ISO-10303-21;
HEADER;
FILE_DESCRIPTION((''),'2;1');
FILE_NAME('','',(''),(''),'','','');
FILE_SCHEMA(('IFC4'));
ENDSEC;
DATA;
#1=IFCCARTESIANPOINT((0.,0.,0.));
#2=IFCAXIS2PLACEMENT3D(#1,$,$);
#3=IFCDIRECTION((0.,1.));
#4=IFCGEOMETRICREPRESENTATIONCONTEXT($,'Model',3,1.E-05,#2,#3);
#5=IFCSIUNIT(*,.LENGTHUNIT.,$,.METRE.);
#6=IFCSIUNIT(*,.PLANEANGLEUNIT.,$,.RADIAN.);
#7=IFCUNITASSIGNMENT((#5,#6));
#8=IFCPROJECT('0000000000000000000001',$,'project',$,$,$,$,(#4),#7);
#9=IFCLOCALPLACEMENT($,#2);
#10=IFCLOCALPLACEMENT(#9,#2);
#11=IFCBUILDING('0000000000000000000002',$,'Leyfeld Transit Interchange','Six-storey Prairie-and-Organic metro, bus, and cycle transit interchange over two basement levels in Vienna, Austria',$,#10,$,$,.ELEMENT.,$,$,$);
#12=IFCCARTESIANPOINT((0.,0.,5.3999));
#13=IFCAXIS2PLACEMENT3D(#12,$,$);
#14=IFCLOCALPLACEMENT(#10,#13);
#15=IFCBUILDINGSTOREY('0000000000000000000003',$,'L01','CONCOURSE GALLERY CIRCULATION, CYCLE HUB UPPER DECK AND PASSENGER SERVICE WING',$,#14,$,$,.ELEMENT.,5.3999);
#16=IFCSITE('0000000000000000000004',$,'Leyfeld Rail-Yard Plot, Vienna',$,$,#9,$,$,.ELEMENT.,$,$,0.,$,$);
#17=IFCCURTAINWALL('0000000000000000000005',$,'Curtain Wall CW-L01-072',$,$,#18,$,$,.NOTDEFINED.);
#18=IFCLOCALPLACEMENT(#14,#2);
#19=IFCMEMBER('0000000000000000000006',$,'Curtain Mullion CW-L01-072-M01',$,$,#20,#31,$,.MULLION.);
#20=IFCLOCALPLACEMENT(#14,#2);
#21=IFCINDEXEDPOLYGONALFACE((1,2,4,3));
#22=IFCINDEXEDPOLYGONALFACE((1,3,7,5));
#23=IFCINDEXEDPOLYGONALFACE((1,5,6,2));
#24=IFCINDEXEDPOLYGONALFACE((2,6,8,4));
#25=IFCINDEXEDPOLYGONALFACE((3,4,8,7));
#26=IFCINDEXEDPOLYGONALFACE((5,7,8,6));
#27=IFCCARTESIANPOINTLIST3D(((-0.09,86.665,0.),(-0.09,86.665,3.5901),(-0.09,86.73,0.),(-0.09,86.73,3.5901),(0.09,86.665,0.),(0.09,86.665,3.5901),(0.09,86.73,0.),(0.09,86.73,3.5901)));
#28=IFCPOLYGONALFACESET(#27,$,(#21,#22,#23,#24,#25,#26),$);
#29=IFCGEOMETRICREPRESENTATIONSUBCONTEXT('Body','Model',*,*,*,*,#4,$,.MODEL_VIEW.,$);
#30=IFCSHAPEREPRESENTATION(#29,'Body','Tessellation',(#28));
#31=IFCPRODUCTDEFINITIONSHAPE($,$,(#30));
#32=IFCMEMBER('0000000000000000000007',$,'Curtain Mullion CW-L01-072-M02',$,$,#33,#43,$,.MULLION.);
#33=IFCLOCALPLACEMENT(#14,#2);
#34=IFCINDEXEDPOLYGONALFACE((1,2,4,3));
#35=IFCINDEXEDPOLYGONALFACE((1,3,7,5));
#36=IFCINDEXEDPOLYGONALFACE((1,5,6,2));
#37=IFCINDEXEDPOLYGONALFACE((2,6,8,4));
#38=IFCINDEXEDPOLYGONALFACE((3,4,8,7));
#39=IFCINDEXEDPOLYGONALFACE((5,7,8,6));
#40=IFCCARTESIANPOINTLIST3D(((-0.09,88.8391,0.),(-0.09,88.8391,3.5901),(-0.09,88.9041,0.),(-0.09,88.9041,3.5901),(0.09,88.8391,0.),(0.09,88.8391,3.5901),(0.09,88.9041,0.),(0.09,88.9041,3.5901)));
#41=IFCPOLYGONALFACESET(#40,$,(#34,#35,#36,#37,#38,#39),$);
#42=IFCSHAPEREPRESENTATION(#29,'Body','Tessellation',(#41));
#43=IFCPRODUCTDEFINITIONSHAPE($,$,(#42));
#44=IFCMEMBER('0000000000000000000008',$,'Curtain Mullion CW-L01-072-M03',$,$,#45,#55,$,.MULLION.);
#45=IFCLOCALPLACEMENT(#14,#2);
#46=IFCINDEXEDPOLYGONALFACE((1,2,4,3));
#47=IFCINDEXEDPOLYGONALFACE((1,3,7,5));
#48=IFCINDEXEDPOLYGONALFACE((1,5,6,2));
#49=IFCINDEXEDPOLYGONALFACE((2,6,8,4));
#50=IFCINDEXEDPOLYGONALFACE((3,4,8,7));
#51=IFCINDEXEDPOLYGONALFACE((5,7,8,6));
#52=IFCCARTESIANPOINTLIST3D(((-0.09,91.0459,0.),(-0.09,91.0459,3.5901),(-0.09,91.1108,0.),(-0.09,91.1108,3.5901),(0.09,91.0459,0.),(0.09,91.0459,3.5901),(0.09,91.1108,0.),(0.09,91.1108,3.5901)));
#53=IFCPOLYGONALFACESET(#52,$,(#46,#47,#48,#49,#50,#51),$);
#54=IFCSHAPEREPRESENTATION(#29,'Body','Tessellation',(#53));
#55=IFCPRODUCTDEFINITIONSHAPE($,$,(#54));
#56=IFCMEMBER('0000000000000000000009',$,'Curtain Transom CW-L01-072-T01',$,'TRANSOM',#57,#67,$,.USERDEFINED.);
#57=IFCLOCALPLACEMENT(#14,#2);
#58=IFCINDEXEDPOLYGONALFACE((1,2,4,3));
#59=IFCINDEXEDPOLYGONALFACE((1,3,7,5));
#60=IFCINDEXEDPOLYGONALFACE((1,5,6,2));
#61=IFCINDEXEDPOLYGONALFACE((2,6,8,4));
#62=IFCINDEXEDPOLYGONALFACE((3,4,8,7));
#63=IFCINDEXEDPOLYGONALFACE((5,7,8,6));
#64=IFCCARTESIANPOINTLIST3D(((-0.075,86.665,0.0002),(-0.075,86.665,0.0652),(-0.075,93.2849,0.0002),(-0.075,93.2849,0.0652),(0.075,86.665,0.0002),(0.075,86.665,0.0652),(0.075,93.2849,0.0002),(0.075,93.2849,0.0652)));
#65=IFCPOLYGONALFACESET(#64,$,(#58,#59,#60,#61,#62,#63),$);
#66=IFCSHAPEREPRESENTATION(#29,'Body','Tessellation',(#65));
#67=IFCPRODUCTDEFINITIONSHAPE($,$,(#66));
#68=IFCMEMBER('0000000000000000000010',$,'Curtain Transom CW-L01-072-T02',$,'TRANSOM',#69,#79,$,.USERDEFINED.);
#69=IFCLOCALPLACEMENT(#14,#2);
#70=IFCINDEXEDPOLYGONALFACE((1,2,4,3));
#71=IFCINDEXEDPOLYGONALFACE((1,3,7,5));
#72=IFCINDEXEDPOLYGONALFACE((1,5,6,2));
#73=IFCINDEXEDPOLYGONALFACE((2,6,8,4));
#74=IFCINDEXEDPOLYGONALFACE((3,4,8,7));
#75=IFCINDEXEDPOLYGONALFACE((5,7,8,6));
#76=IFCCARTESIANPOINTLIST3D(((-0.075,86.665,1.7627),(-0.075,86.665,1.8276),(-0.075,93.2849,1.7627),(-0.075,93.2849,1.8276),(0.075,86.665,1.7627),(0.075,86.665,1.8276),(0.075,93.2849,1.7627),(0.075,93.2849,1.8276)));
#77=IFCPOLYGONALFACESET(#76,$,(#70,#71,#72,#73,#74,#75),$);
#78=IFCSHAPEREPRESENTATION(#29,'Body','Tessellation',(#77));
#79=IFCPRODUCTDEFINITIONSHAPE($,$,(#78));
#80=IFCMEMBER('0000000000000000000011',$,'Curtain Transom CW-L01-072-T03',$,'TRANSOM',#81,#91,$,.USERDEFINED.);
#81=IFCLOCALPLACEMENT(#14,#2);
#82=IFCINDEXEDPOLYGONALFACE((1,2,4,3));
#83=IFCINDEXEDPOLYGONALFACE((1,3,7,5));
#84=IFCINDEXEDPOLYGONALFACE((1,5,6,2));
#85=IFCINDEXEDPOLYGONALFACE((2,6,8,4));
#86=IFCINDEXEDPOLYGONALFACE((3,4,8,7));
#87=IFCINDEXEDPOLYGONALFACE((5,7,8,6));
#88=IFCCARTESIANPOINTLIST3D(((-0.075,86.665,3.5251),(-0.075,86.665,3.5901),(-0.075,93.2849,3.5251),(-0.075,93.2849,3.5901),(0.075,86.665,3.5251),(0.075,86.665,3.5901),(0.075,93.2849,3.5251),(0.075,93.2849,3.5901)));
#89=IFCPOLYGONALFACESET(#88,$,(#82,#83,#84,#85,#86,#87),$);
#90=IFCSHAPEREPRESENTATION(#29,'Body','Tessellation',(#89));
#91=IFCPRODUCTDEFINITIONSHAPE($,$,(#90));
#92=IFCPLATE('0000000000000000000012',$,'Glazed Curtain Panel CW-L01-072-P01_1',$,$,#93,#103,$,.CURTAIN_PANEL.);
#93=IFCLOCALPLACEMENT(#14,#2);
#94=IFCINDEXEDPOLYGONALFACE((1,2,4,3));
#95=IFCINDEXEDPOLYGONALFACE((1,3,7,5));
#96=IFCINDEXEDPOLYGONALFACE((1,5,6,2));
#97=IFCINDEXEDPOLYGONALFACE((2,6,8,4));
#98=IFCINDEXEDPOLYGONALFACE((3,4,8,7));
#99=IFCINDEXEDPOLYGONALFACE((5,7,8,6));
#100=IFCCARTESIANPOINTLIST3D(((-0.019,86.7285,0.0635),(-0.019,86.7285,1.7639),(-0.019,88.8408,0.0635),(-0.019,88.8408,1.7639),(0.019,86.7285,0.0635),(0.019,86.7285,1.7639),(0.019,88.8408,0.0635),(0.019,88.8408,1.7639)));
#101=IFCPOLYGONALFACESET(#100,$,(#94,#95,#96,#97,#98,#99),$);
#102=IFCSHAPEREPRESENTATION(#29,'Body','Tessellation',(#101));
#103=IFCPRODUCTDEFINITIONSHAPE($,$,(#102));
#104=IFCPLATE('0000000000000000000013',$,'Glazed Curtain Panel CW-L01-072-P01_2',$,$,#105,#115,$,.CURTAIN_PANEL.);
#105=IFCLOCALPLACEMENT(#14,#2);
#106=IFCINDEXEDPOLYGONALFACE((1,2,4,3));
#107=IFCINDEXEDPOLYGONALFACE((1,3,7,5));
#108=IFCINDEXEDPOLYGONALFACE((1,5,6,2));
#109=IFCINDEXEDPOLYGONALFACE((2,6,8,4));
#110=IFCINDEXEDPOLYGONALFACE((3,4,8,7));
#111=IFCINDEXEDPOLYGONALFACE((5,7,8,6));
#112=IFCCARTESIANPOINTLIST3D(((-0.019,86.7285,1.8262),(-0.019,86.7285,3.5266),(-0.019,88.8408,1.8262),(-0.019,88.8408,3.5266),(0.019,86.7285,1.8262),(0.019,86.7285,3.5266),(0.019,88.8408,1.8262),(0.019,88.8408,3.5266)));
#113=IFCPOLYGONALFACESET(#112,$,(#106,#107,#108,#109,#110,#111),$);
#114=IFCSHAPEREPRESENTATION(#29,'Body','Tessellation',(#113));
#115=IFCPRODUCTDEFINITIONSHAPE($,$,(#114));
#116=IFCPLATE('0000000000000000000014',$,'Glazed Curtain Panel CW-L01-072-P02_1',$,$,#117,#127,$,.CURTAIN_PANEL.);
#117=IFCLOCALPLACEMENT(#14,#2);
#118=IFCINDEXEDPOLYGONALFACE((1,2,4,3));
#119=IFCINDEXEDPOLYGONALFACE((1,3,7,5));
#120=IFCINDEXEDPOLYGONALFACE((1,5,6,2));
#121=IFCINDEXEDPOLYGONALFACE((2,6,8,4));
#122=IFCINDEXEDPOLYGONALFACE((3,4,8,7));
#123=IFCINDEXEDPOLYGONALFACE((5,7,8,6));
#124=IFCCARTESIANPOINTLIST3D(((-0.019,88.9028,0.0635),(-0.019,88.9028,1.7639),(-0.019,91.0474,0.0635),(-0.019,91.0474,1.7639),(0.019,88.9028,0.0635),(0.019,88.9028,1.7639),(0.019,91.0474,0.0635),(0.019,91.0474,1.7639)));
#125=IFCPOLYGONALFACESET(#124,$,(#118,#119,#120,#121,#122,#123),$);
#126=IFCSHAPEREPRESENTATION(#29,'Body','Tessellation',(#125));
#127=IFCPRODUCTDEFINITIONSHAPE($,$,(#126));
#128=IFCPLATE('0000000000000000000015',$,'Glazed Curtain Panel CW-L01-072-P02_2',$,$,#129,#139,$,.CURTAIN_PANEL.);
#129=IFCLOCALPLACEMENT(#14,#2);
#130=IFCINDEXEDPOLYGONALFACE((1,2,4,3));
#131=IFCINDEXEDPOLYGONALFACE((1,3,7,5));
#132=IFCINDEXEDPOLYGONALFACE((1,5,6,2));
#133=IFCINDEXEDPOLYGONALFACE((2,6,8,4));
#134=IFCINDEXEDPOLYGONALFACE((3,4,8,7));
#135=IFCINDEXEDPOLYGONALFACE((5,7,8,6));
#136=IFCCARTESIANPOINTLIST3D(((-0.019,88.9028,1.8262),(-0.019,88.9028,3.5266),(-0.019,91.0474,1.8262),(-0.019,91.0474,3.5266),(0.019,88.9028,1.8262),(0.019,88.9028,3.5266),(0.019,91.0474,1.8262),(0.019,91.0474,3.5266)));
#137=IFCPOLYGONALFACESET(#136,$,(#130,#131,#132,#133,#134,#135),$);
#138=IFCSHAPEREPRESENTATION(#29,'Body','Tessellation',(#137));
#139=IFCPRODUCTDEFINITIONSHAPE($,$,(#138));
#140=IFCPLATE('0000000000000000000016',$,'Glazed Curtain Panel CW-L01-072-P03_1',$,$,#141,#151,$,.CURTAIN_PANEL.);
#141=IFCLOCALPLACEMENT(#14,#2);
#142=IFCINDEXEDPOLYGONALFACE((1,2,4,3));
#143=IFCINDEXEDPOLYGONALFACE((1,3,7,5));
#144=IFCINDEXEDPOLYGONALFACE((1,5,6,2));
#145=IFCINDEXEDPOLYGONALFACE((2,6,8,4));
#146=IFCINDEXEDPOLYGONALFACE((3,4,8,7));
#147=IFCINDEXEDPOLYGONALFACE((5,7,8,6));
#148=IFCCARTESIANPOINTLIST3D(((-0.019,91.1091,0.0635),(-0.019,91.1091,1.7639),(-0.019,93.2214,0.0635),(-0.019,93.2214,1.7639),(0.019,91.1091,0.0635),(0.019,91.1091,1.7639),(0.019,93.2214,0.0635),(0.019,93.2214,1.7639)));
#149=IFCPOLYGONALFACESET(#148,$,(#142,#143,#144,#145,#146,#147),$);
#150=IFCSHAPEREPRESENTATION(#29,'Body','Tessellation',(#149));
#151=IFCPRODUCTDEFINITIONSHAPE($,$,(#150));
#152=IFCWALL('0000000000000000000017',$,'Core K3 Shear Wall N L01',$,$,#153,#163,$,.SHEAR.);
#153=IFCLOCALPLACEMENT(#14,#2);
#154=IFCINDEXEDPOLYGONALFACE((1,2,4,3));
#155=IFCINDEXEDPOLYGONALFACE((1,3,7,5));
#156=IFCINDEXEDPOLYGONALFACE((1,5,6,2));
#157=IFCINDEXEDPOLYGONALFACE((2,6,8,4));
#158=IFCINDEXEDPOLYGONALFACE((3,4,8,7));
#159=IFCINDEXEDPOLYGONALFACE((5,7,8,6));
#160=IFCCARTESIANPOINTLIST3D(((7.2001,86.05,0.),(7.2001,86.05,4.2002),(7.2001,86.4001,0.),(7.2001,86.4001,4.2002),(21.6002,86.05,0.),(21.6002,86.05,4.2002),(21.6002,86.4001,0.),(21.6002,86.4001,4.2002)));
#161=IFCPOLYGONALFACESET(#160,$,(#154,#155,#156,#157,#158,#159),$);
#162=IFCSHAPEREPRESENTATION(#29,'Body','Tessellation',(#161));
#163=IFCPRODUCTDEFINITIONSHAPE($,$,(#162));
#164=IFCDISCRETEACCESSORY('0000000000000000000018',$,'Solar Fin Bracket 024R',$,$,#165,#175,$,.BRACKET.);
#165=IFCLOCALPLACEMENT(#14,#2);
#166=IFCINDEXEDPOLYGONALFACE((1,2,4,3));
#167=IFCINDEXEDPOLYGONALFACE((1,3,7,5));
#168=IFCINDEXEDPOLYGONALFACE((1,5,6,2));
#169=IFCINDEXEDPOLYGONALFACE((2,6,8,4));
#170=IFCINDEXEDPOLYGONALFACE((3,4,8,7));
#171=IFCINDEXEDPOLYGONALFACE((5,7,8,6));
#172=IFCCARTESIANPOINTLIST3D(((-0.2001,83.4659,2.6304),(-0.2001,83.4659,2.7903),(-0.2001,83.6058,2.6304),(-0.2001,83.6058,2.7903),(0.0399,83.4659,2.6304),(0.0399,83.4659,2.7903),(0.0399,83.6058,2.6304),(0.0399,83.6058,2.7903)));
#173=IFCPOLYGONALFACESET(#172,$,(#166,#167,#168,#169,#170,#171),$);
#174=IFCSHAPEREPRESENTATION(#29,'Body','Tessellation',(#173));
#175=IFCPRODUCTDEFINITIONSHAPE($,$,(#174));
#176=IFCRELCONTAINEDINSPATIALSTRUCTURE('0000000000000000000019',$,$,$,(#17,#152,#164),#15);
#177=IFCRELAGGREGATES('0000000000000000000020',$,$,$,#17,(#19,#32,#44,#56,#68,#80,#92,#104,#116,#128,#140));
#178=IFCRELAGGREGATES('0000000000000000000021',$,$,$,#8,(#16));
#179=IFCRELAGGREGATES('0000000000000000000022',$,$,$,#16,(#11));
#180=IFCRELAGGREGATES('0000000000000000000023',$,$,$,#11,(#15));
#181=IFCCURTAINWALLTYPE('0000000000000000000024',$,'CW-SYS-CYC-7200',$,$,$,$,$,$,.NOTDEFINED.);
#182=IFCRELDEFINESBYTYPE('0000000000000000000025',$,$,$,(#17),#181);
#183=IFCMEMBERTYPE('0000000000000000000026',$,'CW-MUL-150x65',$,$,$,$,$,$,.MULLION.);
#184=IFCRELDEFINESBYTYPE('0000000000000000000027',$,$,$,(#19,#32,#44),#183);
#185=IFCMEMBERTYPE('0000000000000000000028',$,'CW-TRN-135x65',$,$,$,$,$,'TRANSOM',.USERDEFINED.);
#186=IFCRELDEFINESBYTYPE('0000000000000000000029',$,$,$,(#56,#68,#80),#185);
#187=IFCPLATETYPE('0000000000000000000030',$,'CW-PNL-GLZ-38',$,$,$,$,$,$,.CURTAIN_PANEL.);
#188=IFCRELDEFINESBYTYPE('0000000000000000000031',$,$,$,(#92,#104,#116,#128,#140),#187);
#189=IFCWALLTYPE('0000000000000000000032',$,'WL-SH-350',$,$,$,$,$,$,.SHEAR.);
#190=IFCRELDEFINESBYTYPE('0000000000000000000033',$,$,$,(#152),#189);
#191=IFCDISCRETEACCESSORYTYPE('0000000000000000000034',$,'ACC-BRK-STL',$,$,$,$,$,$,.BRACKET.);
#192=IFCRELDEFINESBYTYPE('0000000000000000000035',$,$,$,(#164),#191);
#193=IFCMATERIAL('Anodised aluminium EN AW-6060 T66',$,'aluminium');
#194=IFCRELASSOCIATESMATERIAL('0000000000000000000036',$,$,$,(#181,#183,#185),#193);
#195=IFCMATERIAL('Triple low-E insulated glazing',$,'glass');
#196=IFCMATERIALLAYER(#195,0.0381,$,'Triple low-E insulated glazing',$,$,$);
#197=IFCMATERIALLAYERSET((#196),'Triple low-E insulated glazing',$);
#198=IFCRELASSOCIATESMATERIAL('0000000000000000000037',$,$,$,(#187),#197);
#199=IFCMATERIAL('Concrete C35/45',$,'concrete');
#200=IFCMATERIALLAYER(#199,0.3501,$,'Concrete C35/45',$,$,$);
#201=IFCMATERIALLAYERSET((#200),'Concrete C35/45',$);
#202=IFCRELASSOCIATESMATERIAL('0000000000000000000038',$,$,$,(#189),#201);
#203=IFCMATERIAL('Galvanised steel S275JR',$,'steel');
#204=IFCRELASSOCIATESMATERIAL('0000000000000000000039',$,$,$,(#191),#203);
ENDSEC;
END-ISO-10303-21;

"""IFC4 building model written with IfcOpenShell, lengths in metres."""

from ifc_helpers import new_model, si_unit, direction, frame, frame_2d, origin, origin_2d, place, context, subcontext, project, spatial, rectangle, extrude, material, layer, layer_set, material_profile, profile_set, type_object, element, aggregate, save


model = new_model("IFC4")

# Units and contexts
model_context = context("Model", 3, precision=1e-05, world=origin(), true_north=direction((0.0, 1.0)))
body_context = subcontext(model_context, "Body", "Model", "MODEL_VIEW")
ifc_project = project(units=[si_unit("LENGTHUNIT", "METRE"), si_unit("PLANEANGLEUNIT", "RADIAN")], contexts=[model_context])

# Site, building, storey
site_placement = place(None, origin())
site = spatial("IfcSite", under=ifc_project, at=site_placement, Name="Leyfeld Rail-Yard Plot, Vienna", CompositionType="ELEMENT", RefElevation=0.0)
building_placement = place(site_placement, origin())
building = spatial("IfcBuilding", under=site, at=building_placement, Name="Leyfeld Transit Interchange", Description="Six-storey Prairie-and-Organic metro, bus, and cycle transit interchange over two basement levels in Vienna, Austria", CompositionType="ELEMENT")
storey_placement = place(building_placement, frame((0.0, 0.0, 5.3999)))
storey = spatial("IfcBuildingStorey", under=building, at=storey_placement, Name="L01", Description="CONCOURSE GALLERY CIRCULATION, CYCLE HUB UPPER DECK AND PASSENGER SERVICE WING", CompositionType="ELEMENT", Elevation=5.3999)

# Shared definitions
ifc_material_1 = material(Name="Concrete C35/45", Category="concrete")

# Curtain wall, members, plates
ifc_material_2 = material(Name="Anodised aluminium EN AW-6060 T66", Category="aluminium")
curtain_wall_type = type_object("IfcCurtainWallType", Name="CW-SYS-CYC-7200", PredefinedType="NOTDEFINED", material=ifc_material_2)
curtain_wall_placement = place(storey_placement, origin())
curtain_wall = element("IfcCurtainWall", 1, at=curtain_wall_placement, inside=storey, type_object=curtain_wall_type, Name="Curtain Wall CW-L01-072", PredefinedType="NOTDEFINED")
ifc_material_profile_1 = material_profile(ifc_material_2, rectangle(XDim=0.0649, YDim=0.1799, at=origin_2d()), Name="CW-M 65x180")
ifc_profile_set_1 = profile_set([ifc_material_profile_1], Name="Anodised aluminium EN AW-6060 T66")
member_type_1 = type_object("IfcMemberType", Name="CW-MUL-150x65", PredefinedType="MULLION", material=ifc_profile_set_1)
member_1_placement = place(storey_placement, frame((0.0, 86.6975, 0.0), z_axis=(0.0, 0.0, 1.0), x_axis=(0.0, 1.0, 0.0)))
member_1 = element("IfcMember", 2, at=member_1_placement, type_object=member_type_1, Name="Curtain Mullion CW-L01-072-M01", PredefinedType="MULLION", context=body_context, shape_type="SweptSolid", body=[
    extrude(rectangle(XDim=0.0649, YDim=0.1799, at=origin_2d()), origin(), (0.0, 0.0, 1.0), 3.5901),
])
member_2_placement = place(storey_placement, frame((0.0, 88.8716, 0.0), z_axis=(0.0, 0.0, 1.0), x_axis=(0.0, 1.0, 0.0)))
member_2 = element("IfcMember", 3, at=member_2_placement, type_object=member_type_1, Name="Curtain Mullion CW-L01-072-M02", PredefinedType="MULLION", context=body_context, shape_type="SweptSolid", body=[
    extrude(rectangle(XDim=0.0649, YDim=0.1799, at=origin_2d()), origin(), (0.0, 0.0, 1.0), 3.5901),
])
member_3_placement = place(storey_placement, frame((0.0, 91.0784, 0.0), z_axis=(0.0, 0.0, 1.0), x_axis=(0.0, 1.0, 0.0)))
member_3 = element("IfcMember", 4, at=member_3_placement, type_object=member_type_1, Name="Curtain Mullion CW-L01-072-M03", PredefinedType="MULLION", context=body_context, shape_type="SweptSolid", body=[
    extrude(rectangle(XDim=0.0649, YDim=0.1799, at=origin_2d()), origin(), (0.0, 0.0, 1.0), 3.5901),
])
ifc_material_profile_2 = material_profile(ifc_material_2, rectangle(XDim=0.1499, YDim=0.0649, at=origin_2d()), Name="CW-TRN-135x65")
ifc_profile_set_2 = profile_set([ifc_material_profile_2], Name="Anodised aluminium EN AW-6060 T66")
member_type_2 = type_object("IfcMemberType", Name="CW-TRN-135x65", ElementType="TRANSOM", PredefinedType="USERDEFINED", material=ifc_profile_set_2)
member_4_placement = place(storey_placement, frame((0.0, 86.665, 0.0327), z_axis=(0.0, 1.0, 0.0), x_axis=(-1.0, 0.0, 0.0)))
member_4 = element("IfcMember", 5, at=member_4_placement, type_object=member_type_2, Name="Curtain Transom CW-L01-072-T01", ObjectType="TRANSOM", PredefinedType="USERDEFINED", context=body_context, shape_type="SweptSolid", body=[
    extrude(rectangle(XDim=0.1499, YDim=0.0649, at=origin_2d()), origin(), (0.0, 0.0, 1.0), 6.6199),
])
member_5_placement = place(storey_placement, frame((0.0, 86.665, 1.7952), z_axis=(0.0, 1.0, 0.0), x_axis=(-1.0, 0.0, 0.0)))
member_5 = element("IfcMember", 6, at=member_5_placement, type_object=member_type_2, Name="Curtain Transom CW-L01-072-T02", ObjectType="TRANSOM", PredefinedType="USERDEFINED", context=body_context, shape_type="SweptSolid", body=[
    extrude(rectangle(XDim=0.1499, YDim=0.0649, at=origin_2d()), origin(), (0.0, 0.0, 1.0), 6.6199),
])
member_6_placement = place(storey_placement, frame((0.0, 86.665, 3.5576), z_axis=(0.0, 1.0, 0.0), x_axis=(-1.0, 0.0, 0.0)))
member_6 = element("IfcMember", 7, at=member_6_placement, type_object=member_type_2, Name="Curtain Transom CW-L01-072-T03", ObjectType="TRANSOM", PredefinedType="USERDEFINED", context=body_context, shape_type="SweptSolid", body=[
    extrude(rectangle(XDim=0.1499, YDim=0.0649, at=origin_2d()), origin(), (0.0, 0.0, 1.0), 6.6199),
])
ifc_material_3 = material(Name="Triple low-E insulated glazing", Category="glass")
ifc_layer_1 = layer(ifc_material_3, 0.0381, Name="Triple low-E insulated glazing")
ifc_layer_set_1 = layer_set([ifc_layer_1], Name="Triple low-E insulated glazing")
plate_type = type_object("IfcPlateType", Name="CW-PNL-GLZ-38", PredefinedType="CURTAIN_PANEL", material=ifc_layer_set_1)
plate_1_placement = place(storey_placement, frame((0.0, 87.7847, 0.0635), z_axis=(0.0, 0.0, 1.0), x_axis=(0.0, 1.0, 0.0)))
plate_1 = element("IfcPlate", 8, at=plate_1_placement, type_object=plate_type, Name="Glazed Curtain Panel CW-L01-072-P01_1", PredefinedType="CURTAIN_PANEL", context=body_context, shape_type="SweptSolid", body=[
    extrude(rectangle(XDim=2.1123, YDim=0.0381, at=origin_2d()), origin(), (0.0, 0.0, 1.0), 1.7004),
])
plate_2_placement = place(storey_placement, frame((0.0, 87.7847, 1.8262), z_axis=(0.0, 0.0, 1.0), x_axis=(0.0, 1.0, 0.0)))
plate_2 = element("IfcPlate", 9, at=plate_2_placement, type_object=plate_type, Name="Glazed Curtain Panel CW-L01-072-P01_2", PredefinedType="CURTAIN_PANEL", context=body_context, shape_type="SweptSolid", body=[
    extrude(rectangle(XDim=2.1123, YDim=0.0381, at=origin_2d()), origin(), (0.0, 0.0, 1.0), 1.7004),
])
plate_3_placement = place(storey_placement, frame((0.0, 89.9751, 0.0635), z_axis=(0.0, 0.0, 1.0), x_axis=(0.0, 1.0, 0.0)))
plate_3 = element("IfcPlate", 10, at=plate_3_placement, type_object=plate_type, Name="Glazed Curtain Panel CW-L01-072-P02_1", PredefinedType="CURTAIN_PANEL", context=body_context, shape_type="SweptSolid", body=[
    extrude(rectangle(XDim=2.1445, YDim=0.0381, at=origin_2d()), origin(), (0.0, 0.0, 1.0), 1.7004),
])
plate_4_placement = place(storey_placement, frame((0.0, 89.9751, 1.8262), z_axis=(0.0, 0.0, 1.0), x_axis=(0.0, 1.0, 0.0)))
plate_4 = element("IfcPlate", 11, at=plate_4_placement, type_object=plate_type, Name="Glazed Curtain Panel CW-L01-072-P02_2", PredefinedType="CURTAIN_PANEL", context=body_context, shape_type="SweptSolid", body=[
    extrude(rectangle(XDim=2.1445, YDim=0.0381, at=origin_2d()), origin(), (0.0, 0.0, 1.0), 1.7004),
])
plate_5_placement = place(storey_placement, frame((0.0, 92.1653, 0.0635), z_axis=(0.0, 0.0, 1.0), x_axis=(0.0, 1.0, 0.0)))
plate_5 = element("IfcPlate", 12, at=plate_5_placement, type_object=plate_type, Name="Glazed Curtain Panel CW-L01-072-P03_1", PredefinedType="CURTAIN_PANEL", context=body_context, shape_type="SweptSolid", body=[
    extrude(rectangle(XDim=2.1123, YDim=0.0381, at=origin_2d()), origin(), (0.0, 0.0, 1.0), 1.7004),
])
aggregate(curtain_wall, [member_1, member_2, member_3, member_4, member_5, member_6, plate_1, plate_2, plate_3, plate_4, plate_5])

# Wall
ifc_layer_2 = layer(ifc_material_1, 0.3501, Name="Concrete C35/45")
ifc_layer_set_2 = layer_set([ifc_layer_2], Name="Concrete C35/45")
wall_type = type_object("IfcWallType", Name="WL-SH-350", PredefinedType="SHEAR", material=ifc_layer_set_2)
wall_placement = place(storey_placement, frame((7.2, 86.2251, 0.0), z_axis=(0.0, 0.0, 1.0), x_axis=(1.0, 0.0, 0.0)))
element("IfcWall", 13, at=wall_placement, inside=storey, type_object=wall_type, Name="Core K3 Shear Wall N L01", PredefinedType="SHEAR", context=body_context, shape_type="SweptSolid", body=[
    extrude(rectangle(XDim=14.4001, YDim=0.3501, at=frame_2d((7.2002, 0.0))), origin(), (0.0, 0.0, 1.0), 4.2002),
])

# Discrete accessory
ifc_material_4 = material(Name="Galvanised steel S275JR", Category="steel")
discrete_accessory_type = type_object("IfcDiscreteAccessoryType", Name="ACC-BRK-STL", PredefinedType="BRACKET", material=ifc_material_4)
discrete_accessory_placement = place(storey_placement, frame((-0.0801, 83.5359, 2.6304), z_axis=(0.0, 0.0, 1.0), x_axis=(0.0, 1.0, 0.0)))
element("IfcDiscreteAccessory", 14, at=discrete_accessory_placement, inside=storey, type_object=discrete_accessory_type, Name="Solar Fin Bracket 024R", PredefinedType="BRACKET", context=body_context, shape_type="SweptSolid", body=[
    extrude(rectangle(XDim=0.1399, YDim=0.24, at=origin_2d()), origin(), (0.0, 0.0, 1.0), 0.1599),
])

save(model, "model.ifc")
